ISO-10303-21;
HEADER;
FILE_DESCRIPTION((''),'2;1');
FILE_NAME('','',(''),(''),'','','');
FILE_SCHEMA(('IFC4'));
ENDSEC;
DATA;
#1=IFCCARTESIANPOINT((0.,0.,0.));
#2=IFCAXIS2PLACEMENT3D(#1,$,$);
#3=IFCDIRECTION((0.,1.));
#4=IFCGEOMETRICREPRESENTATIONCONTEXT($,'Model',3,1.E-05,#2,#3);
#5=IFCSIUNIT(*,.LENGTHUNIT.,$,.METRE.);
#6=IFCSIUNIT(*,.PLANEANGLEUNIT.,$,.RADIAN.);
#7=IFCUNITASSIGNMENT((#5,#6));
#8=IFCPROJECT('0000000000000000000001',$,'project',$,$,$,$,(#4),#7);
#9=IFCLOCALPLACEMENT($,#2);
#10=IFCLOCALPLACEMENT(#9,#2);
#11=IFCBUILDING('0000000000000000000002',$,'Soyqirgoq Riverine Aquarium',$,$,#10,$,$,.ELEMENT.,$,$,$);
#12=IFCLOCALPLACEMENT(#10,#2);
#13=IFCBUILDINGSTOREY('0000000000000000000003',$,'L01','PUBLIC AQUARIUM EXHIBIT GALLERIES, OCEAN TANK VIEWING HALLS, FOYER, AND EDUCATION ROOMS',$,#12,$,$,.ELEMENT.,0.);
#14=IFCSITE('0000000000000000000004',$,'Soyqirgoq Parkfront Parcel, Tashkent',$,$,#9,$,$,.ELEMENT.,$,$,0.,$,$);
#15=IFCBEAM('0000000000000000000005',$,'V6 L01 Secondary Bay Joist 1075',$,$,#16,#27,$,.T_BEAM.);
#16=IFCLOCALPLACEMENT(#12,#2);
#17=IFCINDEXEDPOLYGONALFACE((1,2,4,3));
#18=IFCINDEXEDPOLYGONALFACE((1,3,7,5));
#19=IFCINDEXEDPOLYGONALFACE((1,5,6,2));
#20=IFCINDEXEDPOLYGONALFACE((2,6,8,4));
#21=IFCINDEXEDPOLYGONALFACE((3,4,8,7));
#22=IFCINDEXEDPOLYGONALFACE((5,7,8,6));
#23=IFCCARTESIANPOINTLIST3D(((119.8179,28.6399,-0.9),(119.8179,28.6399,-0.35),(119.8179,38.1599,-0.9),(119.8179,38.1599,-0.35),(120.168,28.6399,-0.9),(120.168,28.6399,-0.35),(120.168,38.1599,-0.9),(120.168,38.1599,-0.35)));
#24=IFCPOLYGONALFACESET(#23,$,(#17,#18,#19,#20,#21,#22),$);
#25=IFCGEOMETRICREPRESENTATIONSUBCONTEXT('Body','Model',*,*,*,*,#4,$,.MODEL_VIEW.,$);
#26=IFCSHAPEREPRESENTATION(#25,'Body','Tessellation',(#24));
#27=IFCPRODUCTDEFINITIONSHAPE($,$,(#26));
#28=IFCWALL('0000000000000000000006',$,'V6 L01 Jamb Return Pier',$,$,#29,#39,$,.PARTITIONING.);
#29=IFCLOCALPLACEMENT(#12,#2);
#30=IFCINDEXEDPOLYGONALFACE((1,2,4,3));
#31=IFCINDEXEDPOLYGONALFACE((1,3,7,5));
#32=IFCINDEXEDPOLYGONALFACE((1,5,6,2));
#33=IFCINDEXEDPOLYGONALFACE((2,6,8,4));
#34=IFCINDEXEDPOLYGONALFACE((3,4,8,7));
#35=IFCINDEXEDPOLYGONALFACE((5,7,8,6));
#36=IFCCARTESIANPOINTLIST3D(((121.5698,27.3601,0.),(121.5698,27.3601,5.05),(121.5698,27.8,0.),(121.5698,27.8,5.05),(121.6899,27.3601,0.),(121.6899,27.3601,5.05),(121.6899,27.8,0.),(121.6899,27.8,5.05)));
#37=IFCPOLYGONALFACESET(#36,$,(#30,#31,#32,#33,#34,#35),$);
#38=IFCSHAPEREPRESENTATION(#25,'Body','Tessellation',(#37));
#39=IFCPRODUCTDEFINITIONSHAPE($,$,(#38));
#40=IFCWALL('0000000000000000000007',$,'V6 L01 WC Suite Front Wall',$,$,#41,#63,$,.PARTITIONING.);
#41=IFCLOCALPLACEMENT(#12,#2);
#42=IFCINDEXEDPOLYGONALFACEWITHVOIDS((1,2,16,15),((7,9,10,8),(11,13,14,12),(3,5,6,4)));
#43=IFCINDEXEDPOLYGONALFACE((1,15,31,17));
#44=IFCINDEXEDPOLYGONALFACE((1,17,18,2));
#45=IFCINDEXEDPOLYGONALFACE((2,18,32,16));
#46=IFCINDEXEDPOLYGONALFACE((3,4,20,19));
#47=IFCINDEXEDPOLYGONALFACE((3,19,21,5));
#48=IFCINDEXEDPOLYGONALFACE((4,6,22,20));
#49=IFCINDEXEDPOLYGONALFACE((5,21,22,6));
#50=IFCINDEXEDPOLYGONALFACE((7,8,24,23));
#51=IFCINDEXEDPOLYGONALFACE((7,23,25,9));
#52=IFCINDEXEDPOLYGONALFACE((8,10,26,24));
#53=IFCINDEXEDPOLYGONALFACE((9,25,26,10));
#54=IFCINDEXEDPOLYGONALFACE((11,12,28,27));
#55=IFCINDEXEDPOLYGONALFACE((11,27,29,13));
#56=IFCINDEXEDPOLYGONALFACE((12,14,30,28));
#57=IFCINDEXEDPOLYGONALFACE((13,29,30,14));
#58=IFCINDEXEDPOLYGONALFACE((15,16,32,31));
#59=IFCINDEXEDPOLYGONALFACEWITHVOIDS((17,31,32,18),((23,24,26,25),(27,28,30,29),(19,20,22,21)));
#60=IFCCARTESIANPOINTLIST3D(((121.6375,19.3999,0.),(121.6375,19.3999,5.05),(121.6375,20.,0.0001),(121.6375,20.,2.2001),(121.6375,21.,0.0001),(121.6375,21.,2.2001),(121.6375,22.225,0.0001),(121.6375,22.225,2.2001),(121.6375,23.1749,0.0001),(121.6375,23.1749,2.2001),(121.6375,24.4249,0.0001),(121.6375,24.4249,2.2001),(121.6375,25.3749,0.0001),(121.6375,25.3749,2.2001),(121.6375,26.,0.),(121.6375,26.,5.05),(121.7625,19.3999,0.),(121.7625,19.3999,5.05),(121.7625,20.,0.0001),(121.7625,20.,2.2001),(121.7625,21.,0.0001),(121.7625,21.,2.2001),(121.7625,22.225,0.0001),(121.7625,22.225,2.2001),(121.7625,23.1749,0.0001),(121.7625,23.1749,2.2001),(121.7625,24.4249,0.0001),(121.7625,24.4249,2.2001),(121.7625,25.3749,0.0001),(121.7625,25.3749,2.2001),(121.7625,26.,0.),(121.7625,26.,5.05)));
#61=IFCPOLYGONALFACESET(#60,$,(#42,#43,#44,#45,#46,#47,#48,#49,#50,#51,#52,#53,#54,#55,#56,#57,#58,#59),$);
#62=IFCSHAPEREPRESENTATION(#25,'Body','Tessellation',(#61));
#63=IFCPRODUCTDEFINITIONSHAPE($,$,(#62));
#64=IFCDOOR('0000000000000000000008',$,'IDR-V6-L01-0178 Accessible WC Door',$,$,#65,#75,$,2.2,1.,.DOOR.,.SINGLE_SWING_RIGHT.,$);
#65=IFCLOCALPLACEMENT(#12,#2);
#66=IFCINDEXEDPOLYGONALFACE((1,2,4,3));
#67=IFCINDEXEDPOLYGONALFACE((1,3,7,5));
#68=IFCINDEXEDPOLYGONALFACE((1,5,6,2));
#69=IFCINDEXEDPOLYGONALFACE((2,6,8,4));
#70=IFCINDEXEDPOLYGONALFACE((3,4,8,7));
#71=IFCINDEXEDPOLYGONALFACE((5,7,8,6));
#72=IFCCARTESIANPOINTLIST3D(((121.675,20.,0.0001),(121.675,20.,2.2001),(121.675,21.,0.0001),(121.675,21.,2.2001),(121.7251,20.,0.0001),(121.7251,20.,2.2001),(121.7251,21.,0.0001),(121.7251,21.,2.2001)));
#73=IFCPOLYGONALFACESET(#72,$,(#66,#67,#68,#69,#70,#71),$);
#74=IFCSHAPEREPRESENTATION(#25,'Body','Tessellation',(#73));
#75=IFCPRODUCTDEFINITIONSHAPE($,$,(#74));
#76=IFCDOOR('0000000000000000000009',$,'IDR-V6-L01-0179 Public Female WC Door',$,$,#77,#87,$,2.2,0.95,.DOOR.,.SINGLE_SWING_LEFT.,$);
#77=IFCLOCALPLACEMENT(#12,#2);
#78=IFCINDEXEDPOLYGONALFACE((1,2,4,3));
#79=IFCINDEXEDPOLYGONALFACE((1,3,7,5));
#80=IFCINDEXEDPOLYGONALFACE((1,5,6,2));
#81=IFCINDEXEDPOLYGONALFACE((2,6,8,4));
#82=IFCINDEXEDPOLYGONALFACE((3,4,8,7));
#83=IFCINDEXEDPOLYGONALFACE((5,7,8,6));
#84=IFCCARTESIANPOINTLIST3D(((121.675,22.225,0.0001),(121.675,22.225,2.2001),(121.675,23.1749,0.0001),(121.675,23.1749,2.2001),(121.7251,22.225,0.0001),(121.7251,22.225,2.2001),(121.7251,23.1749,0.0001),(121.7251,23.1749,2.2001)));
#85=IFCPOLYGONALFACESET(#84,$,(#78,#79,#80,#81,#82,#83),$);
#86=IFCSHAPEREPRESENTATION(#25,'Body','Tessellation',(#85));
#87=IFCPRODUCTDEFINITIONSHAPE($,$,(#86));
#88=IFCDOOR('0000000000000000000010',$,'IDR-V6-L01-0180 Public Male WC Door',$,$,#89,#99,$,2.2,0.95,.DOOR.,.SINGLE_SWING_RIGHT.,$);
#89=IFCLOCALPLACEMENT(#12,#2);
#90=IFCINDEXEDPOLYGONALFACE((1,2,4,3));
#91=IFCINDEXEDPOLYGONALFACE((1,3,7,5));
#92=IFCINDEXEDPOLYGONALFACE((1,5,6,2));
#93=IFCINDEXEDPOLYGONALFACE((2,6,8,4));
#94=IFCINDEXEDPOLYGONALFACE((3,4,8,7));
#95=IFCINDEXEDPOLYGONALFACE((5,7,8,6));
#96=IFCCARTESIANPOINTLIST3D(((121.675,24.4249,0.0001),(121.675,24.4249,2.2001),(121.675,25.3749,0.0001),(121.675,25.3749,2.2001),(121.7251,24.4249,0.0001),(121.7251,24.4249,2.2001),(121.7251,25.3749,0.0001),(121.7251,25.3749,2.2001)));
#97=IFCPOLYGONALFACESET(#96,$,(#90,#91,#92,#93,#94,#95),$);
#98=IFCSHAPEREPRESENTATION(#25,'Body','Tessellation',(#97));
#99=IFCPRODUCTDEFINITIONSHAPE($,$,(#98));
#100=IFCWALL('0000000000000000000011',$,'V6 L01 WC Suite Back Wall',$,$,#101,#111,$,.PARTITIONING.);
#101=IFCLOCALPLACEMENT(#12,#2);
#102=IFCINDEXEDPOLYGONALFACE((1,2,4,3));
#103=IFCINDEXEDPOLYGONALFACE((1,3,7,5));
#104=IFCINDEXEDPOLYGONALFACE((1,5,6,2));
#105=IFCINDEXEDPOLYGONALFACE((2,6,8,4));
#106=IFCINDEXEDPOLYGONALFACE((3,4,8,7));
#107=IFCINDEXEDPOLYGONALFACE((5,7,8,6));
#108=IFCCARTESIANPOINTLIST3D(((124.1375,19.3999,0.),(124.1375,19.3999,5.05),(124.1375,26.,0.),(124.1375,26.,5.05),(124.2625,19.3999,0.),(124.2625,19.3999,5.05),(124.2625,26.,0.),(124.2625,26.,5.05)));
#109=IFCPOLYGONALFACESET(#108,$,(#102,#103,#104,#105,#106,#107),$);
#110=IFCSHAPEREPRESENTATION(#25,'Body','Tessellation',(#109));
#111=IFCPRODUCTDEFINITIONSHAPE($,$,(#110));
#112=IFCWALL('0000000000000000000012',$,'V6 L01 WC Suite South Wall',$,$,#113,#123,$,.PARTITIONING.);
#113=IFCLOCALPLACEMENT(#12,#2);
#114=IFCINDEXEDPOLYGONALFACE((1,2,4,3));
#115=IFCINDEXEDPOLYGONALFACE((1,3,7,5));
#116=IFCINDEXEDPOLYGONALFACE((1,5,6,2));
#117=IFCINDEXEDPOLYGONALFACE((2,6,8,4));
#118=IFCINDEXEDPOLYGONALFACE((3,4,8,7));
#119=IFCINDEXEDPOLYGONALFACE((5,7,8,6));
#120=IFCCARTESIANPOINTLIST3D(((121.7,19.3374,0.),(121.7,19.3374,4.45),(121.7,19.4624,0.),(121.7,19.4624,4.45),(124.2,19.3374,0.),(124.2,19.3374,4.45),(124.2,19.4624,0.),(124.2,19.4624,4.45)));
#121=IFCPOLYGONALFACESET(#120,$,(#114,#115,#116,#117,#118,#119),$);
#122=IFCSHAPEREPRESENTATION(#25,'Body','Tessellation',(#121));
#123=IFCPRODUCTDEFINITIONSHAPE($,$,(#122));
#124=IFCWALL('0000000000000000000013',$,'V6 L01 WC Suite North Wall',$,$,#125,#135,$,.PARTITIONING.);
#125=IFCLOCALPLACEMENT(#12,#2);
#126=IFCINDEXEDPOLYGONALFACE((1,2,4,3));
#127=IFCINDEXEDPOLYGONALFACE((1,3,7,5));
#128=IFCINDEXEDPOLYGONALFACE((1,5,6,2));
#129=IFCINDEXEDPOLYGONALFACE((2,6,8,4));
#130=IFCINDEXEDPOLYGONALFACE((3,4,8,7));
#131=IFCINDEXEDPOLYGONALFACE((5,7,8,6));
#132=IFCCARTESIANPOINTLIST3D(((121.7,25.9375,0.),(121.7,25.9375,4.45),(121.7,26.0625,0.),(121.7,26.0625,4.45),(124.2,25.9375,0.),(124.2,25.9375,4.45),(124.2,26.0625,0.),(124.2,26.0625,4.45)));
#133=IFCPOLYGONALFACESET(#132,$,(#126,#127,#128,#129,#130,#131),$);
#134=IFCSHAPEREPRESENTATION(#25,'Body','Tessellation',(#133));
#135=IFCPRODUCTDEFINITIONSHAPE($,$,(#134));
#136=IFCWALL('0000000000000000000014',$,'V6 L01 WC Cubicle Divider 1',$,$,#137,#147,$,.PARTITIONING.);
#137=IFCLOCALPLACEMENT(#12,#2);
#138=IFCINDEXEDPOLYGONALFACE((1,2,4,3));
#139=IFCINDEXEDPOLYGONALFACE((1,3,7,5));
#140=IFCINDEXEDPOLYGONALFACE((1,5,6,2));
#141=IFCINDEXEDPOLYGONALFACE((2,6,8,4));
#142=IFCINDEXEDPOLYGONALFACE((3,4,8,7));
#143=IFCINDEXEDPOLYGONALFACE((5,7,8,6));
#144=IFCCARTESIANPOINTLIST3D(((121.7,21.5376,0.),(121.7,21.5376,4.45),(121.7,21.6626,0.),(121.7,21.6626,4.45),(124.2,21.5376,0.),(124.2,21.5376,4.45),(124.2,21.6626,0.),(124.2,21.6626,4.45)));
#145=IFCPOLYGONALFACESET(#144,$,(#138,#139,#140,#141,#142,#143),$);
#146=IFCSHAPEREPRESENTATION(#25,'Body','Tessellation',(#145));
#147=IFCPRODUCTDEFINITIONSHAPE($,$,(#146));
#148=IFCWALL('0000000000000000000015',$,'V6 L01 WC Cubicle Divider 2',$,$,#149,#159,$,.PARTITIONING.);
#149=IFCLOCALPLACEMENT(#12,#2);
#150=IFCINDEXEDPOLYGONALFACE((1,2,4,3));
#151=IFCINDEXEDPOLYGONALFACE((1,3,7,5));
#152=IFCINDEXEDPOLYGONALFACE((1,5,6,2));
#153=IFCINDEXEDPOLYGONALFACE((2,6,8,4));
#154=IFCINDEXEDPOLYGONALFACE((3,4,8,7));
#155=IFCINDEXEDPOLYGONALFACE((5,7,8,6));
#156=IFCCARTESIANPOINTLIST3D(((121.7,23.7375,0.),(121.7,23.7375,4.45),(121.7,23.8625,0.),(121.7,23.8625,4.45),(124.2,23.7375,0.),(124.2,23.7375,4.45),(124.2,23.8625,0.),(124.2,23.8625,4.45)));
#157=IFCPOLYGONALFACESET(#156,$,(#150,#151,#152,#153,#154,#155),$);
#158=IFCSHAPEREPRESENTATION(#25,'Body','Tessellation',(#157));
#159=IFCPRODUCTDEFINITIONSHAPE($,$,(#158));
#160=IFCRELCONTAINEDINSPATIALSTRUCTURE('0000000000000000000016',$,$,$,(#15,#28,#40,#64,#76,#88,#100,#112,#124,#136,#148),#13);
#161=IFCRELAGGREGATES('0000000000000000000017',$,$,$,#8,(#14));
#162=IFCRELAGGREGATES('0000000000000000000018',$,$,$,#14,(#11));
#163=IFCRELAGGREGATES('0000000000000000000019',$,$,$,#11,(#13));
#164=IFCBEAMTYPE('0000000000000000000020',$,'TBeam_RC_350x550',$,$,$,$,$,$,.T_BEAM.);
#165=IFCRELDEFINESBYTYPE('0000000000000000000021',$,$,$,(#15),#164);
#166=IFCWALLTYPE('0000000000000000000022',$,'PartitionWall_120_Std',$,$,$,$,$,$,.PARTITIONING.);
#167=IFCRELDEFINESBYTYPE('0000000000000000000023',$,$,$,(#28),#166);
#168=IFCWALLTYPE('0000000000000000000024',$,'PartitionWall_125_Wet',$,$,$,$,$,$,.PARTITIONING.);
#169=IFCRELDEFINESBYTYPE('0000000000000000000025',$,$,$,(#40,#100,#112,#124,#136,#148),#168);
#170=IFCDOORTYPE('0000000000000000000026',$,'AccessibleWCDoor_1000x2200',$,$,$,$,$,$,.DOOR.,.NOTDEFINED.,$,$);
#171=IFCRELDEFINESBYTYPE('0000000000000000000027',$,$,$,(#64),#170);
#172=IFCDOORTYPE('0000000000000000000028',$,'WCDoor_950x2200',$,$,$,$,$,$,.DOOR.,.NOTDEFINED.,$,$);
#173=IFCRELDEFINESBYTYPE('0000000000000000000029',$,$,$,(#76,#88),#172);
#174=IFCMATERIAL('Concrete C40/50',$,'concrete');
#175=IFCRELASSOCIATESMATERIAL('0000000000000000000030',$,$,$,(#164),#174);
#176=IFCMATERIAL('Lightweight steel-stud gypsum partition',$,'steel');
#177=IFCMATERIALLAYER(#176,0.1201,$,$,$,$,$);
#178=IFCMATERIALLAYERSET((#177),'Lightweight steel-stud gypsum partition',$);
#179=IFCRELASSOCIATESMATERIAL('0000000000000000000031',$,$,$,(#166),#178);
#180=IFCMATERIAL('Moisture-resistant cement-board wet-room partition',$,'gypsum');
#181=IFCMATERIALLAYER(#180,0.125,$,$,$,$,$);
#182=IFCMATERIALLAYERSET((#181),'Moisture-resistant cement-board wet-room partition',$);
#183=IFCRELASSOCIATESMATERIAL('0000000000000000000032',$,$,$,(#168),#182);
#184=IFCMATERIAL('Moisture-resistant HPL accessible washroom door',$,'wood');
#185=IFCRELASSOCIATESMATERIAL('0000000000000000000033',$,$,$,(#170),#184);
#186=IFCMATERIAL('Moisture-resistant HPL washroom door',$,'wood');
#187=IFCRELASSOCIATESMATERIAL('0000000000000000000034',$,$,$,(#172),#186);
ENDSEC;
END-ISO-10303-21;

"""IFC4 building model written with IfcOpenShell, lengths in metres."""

from ifc_helpers import new_model, si_unit, direction, frame, frame_2d, origin, origin_2d, place, context, subcontext, project, spatial, rectangle, extrude, material, layer, layer_set, material_profile, profile_set, type_object, element, fill, save


model = new_model("IFC4")

# Units and contexts
model_context = context("Model", 3, precision=1e-05, world=origin(), true_north=direction((0.0, 1.0)))
body_context = subcontext(model_context, "Body", "Model", "MODEL_VIEW")
ifc_project = project(units=[si_unit("LENGTHUNIT", "METRE"), si_unit("PLANEANGLEUNIT", "RADIAN")], contexts=[model_context])

# Site, building, storey
site_placement = place(None, origin())
site = spatial("IfcSite", under=ifc_project, at=site_placement, Name="Soyqirgoq Parkfront Parcel, Tashkent", CompositionType="ELEMENT", RefElevation=0.0)
building_placement = place(site_placement, origin())
building = spatial("IfcBuilding", under=site, at=building_placement, Name="Soyqirgoq Riverine Aquarium", CompositionType="ELEMENT")
storey_placement = place(building_placement, origin())
storey = spatial("IfcBuildingStorey", under=building, at=storey_placement, Name="L01", Description="PUBLIC AQUARIUM EXHIBIT GALLERIES, OCEAN TANK VIEWING HALLS, FOYER, AND EDUCATION ROOMS", CompositionType="ELEMENT", Elevation=0.0)

# Beam
ifc_material_1 = material(Name="Concrete C40/50", Category="concrete")
ifc_material_profile_1 = material_profile(ifc_material_1, rectangle(XDim=0.3501, YDim=0.55, at=origin_2d()), Name="RC 350x550")
ifc_profile_set_1 = profile_set([ifc_material_profile_1], Name="Concrete C40/50")
beam_type_1 = type_object("IfcBeamType", Name="TBeam_RC_350x550", PredefinedType="T_BEAM", material=ifc_profile_set_1)
beam_1_placement = place(storey_placement, frame((119.9929, 28.6399, -0.625), z_axis=(0.0, 1.0, 0.0), x_axis=(-1.0, 0.0, 0.0)))
element("IfcBeam", 1, at=beam_1_placement, inside=storey, type_object=beam_type_1, Name="V6 L01 Secondary Bay Joist 1075", PredefinedType="T_BEAM", context=body_context, shape_type="SweptSolid", body=[
    extrude(rectangle(XDim=0.3501, YDim=0.55, at=origin_2d()), origin(), (0.0, 0.0, 1.0), 9.52),
])

# Wall
ifc_material_2 = material(Name="Lightweight steel-stud gypsum partition", Category="steel")
ifc_layer_1 = layer(ifc_material_2, 0.1201)
ifc_layer_set_1 = layer_set([ifc_layer_1], Name="Lightweight steel-stud gypsum partition")
wall_type_1 = type_object("IfcWallType", Name="PartitionWall_120_Std", PredefinedType="PARTITIONING", material=ifc_layer_set_1)
wall_1_placement = place(storey_placement, frame((121.6299, 27.3601, 0.0), z_axis=(0.0, 0.0, 1.0), x_axis=(0.0, 1.0, 0.0)))
element("IfcWall", 2, at=wall_1_placement, inside=storey, type_object=wall_type_1, Name="V6 L01 Jamb Return Pier", PredefinedType="PARTITIONING", context=body_context, shape_type="SweptSolid", body=[
    extrude(rectangle(XDim=0.4399, YDim=0.1201, at=frame_2d((0.22, 0.0))), origin(), (0.0, 0.0, 1.0), 5.05),
])

# Wall, openings, doors
ifc_material_3 = material(Name="Moisture-resistant cement-board wet-room partition", Category="gypsum")
ifc_layer_2 = layer(ifc_material_3, 0.125)
ifc_layer_set_2 = layer_set([ifc_layer_2], Name="Moisture-resistant cement-board wet-room partition")
wall_type_2 = type_object("IfcWallType", Name="PartitionWall_125_Wet", PredefinedType="PARTITIONING", material=ifc_layer_set_2)
wall_2_placement = place(storey_placement, frame((121.7, 19.3999, 0.0), z_axis=(0.0, 0.0, 1.0), x_axis=(0.0, 1.0, 0.0)))
wall_2 = element("IfcWall", 3, at=wall_2_placement, inside=storey, type_object=wall_type_2, Name="V6 L01 WC Suite Front Wall", PredefinedType="PARTITIONING", context=body_context, shape_type="SweptSolid", body=[
    extrude(rectangle(XDim=6.6001, YDim=0.125, at=frame_2d((3.3, 0.0))), origin(), (0.0, 0.0, 1.0), 5.05),
])
opening_1_placement = place(wall_2_placement, frame((0.6001, 0.0, 0.0)))
opening_1 = element("IfcOpeningElement", 4, at=opening_1_placement, cuts=wall_2, PredefinedType="OPENING", context=body_context, shape_type="SweptSolid", body=[
    extrude(rectangle(XDim=1.0, YDim=2.2, at=frame_2d((0.5, 1.1001))), frame((0.0, 0.0725, 0.0), z_axis=(0.0, -1.0, 0.0), x_axis=(1.0, 0.0, 0.0)), (0.0, 0.0, 1.0), 0.145),
])
opening_2_placement = place(wall_2_placement, frame((2.825, 0.0, 0.0)))
opening_2 = element("IfcOpeningElement", 5, at=opening_2_placement, cuts=wall_2, PredefinedType="OPENING", context=body_context, shape_type="SweptSolid", body=[
    extrude(rectangle(XDim=0.95, YDim=2.2, at=frame_2d((0.4751, 1.1001))), frame((0.0, 0.0725, 0.0), z_axis=(0.0, -1.0, 0.0), x_axis=(1.0, 0.0, 0.0)), (0.0, 0.0, 1.0), 0.145),
])
opening_3_placement = place(wall_2_placement, frame((5.0249, 0.0, 0.0)))
opening_3 = element("IfcOpeningElement", 6, at=opening_3_placement, cuts=wall_2, PredefinedType="OPENING", context=body_context, shape_type="SweptSolid", body=[
    extrude(rectangle(XDim=0.95, YDim=2.2, at=frame_2d((0.4751, 1.1001))), frame((0.0, 0.0725, 0.0), z_axis=(0.0, -1.0, 0.0), x_axis=(1.0, 0.0, 0.0)), (0.0, 0.0, 1.0), 0.145),
])
ifc_material_4 = material(Name="Moisture-resistant HPL accessible washroom door", Category="wood")
door_type_1 = type_object("IfcDoorType", Name="AccessibleWCDoor_1000x2200", OperationType="NOTDEFINED", PredefinedType="DOOR", material=ifc_material_4)
door_1_placement = place(opening_1_placement, origin())
door_1 = element("IfcDoor", 7, at=door_1_placement, inside=storey, type_object=door_type_1, Name="IDR-V6-L01-0178 Accessible WC Door", OperationType="SINGLE_SWING_RIGHT", OverallHeight=2.2, OverallWidth=1.0, PredefinedType="DOOR", context=body_context, shape_type="SweptSolid", body=[
    extrude(rectangle(XDim=1.0, YDim=2.2, at=frame_2d((0.5, 1.1001))), frame((0.0, 0.0249, 0.0), z_axis=(0.0, -1.0, 0.0), x_axis=(1.0, 0.0, 0.0)), (0.0, 0.0, 1.0), 0.05),
])
fill(opening_1, door_1)
ifc_material_5 = material(Name="Moisture-resistant HPL washroom door", Category="wood")
door_type_2 = type_object("IfcDoorType", Name="WCDoor_950x2200", OperationType="NOTDEFINED", PredefinedType="DOOR", material=ifc_material_5)
door_2_placement = place(opening_2_placement, origin())
door_2 = element("IfcDoor", 8, at=door_2_placement, inside=storey, type_object=door_type_2, Name="IDR-V6-L01-0179 Public Female WC Door", OperationType="SINGLE_SWING_LEFT", OverallHeight=2.2, OverallWidth=0.95, PredefinedType="DOOR", context=body_context, shape_type="SweptSolid", body=[
    extrude(rectangle(XDim=0.95, YDim=2.2, at=frame_2d((0.4751, 1.1001))), frame((0.0, 0.0249, 0.0), z_axis=(0.0, -1.0, 0.0), x_axis=(1.0, 0.0, 0.0)), (0.0, 0.0, 1.0), 0.05),
])
fill(opening_2, door_2)
door_3_placement = place(opening_3_placement, origin())
door_3 = element("IfcDoor", 9, at=door_3_placement, inside=storey, type_object=door_type_2, Name="IDR-V6-L01-0180 Public Male WC Door", OperationType="SINGLE_SWING_RIGHT", OverallHeight=2.2, OverallWidth=0.95, PredefinedType="DOOR", context=body_context, shape_type="SweptSolid", body=[
    extrude(rectangle(XDim=0.95, YDim=2.2, at=frame_2d((0.4751, 1.1001))), frame((0.0, 0.0249, 0.0), z_axis=(0.0, -1.0, 0.0), x_axis=(1.0, 0.0, 0.0)), (0.0, 0.0, 1.0), 0.05),
])
fill(opening_3, door_3)

# Walls
wall_3_placement = place(storey_placement, frame((124.2, 19.3999, 0.0), z_axis=(0.0, 0.0, 1.0), x_axis=(0.0, 1.0, 0.0)))
element("IfcWall", 10, at=wall_3_placement, inside=storey, type_object=wall_type_2, Name="V6 L01 WC Suite Back Wall", PredefinedType="PARTITIONING", context=body_context, shape_type="SweptSolid", body=[
    extrude(rectangle(XDim=6.6001, YDim=0.125, at=frame_2d((3.3, 0.0))), origin(), (0.0, 0.0, 1.0), 5.05),
])
for number, where, z_axis, x_axis, name in (
    (11, (121.7, 19.3999, 0.0), (0.0, 0.0, 1.0), (1.0, 0.0, 0.0), "V6 L01 WC Suite South Wall"),
    (12, (121.7, 26.0, 0.0), (0.0, 0.0, 1.0), (1.0, 0.0, 0.0), "V6 L01 WC Suite North Wall"),
    (13, (121.7, 21.6001, 0.0), (0.0, 0.0, 1.0), (1.0, 0.0, 0.0), "V6 L01 WC Cubicle Divider 1"),
    (14, (121.7, 23.8, 0.0), (0.0, 0.0, 1.0), (1.0, 0.0, 0.0), "V6 L01 WC Cubicle Divider 2"),
):
    element("IfcWall", number, at=place(storey_placement, frame(where, z_axis=z_axis, x_axis=x_axis)), inside=storey, type_object=wall_type_2, Name=name, PredefinedType="PARTITIONING", context=body_context, shape_type="SweptSolid", body=[
        extrude(rectangle(XDim=2.5, YDim=0.125, at=frame_2d((1.25, 0.0))), origin(), (0.0, 0.0, 1.0), 4.45),
    ])

save(model, "model.ifc")
